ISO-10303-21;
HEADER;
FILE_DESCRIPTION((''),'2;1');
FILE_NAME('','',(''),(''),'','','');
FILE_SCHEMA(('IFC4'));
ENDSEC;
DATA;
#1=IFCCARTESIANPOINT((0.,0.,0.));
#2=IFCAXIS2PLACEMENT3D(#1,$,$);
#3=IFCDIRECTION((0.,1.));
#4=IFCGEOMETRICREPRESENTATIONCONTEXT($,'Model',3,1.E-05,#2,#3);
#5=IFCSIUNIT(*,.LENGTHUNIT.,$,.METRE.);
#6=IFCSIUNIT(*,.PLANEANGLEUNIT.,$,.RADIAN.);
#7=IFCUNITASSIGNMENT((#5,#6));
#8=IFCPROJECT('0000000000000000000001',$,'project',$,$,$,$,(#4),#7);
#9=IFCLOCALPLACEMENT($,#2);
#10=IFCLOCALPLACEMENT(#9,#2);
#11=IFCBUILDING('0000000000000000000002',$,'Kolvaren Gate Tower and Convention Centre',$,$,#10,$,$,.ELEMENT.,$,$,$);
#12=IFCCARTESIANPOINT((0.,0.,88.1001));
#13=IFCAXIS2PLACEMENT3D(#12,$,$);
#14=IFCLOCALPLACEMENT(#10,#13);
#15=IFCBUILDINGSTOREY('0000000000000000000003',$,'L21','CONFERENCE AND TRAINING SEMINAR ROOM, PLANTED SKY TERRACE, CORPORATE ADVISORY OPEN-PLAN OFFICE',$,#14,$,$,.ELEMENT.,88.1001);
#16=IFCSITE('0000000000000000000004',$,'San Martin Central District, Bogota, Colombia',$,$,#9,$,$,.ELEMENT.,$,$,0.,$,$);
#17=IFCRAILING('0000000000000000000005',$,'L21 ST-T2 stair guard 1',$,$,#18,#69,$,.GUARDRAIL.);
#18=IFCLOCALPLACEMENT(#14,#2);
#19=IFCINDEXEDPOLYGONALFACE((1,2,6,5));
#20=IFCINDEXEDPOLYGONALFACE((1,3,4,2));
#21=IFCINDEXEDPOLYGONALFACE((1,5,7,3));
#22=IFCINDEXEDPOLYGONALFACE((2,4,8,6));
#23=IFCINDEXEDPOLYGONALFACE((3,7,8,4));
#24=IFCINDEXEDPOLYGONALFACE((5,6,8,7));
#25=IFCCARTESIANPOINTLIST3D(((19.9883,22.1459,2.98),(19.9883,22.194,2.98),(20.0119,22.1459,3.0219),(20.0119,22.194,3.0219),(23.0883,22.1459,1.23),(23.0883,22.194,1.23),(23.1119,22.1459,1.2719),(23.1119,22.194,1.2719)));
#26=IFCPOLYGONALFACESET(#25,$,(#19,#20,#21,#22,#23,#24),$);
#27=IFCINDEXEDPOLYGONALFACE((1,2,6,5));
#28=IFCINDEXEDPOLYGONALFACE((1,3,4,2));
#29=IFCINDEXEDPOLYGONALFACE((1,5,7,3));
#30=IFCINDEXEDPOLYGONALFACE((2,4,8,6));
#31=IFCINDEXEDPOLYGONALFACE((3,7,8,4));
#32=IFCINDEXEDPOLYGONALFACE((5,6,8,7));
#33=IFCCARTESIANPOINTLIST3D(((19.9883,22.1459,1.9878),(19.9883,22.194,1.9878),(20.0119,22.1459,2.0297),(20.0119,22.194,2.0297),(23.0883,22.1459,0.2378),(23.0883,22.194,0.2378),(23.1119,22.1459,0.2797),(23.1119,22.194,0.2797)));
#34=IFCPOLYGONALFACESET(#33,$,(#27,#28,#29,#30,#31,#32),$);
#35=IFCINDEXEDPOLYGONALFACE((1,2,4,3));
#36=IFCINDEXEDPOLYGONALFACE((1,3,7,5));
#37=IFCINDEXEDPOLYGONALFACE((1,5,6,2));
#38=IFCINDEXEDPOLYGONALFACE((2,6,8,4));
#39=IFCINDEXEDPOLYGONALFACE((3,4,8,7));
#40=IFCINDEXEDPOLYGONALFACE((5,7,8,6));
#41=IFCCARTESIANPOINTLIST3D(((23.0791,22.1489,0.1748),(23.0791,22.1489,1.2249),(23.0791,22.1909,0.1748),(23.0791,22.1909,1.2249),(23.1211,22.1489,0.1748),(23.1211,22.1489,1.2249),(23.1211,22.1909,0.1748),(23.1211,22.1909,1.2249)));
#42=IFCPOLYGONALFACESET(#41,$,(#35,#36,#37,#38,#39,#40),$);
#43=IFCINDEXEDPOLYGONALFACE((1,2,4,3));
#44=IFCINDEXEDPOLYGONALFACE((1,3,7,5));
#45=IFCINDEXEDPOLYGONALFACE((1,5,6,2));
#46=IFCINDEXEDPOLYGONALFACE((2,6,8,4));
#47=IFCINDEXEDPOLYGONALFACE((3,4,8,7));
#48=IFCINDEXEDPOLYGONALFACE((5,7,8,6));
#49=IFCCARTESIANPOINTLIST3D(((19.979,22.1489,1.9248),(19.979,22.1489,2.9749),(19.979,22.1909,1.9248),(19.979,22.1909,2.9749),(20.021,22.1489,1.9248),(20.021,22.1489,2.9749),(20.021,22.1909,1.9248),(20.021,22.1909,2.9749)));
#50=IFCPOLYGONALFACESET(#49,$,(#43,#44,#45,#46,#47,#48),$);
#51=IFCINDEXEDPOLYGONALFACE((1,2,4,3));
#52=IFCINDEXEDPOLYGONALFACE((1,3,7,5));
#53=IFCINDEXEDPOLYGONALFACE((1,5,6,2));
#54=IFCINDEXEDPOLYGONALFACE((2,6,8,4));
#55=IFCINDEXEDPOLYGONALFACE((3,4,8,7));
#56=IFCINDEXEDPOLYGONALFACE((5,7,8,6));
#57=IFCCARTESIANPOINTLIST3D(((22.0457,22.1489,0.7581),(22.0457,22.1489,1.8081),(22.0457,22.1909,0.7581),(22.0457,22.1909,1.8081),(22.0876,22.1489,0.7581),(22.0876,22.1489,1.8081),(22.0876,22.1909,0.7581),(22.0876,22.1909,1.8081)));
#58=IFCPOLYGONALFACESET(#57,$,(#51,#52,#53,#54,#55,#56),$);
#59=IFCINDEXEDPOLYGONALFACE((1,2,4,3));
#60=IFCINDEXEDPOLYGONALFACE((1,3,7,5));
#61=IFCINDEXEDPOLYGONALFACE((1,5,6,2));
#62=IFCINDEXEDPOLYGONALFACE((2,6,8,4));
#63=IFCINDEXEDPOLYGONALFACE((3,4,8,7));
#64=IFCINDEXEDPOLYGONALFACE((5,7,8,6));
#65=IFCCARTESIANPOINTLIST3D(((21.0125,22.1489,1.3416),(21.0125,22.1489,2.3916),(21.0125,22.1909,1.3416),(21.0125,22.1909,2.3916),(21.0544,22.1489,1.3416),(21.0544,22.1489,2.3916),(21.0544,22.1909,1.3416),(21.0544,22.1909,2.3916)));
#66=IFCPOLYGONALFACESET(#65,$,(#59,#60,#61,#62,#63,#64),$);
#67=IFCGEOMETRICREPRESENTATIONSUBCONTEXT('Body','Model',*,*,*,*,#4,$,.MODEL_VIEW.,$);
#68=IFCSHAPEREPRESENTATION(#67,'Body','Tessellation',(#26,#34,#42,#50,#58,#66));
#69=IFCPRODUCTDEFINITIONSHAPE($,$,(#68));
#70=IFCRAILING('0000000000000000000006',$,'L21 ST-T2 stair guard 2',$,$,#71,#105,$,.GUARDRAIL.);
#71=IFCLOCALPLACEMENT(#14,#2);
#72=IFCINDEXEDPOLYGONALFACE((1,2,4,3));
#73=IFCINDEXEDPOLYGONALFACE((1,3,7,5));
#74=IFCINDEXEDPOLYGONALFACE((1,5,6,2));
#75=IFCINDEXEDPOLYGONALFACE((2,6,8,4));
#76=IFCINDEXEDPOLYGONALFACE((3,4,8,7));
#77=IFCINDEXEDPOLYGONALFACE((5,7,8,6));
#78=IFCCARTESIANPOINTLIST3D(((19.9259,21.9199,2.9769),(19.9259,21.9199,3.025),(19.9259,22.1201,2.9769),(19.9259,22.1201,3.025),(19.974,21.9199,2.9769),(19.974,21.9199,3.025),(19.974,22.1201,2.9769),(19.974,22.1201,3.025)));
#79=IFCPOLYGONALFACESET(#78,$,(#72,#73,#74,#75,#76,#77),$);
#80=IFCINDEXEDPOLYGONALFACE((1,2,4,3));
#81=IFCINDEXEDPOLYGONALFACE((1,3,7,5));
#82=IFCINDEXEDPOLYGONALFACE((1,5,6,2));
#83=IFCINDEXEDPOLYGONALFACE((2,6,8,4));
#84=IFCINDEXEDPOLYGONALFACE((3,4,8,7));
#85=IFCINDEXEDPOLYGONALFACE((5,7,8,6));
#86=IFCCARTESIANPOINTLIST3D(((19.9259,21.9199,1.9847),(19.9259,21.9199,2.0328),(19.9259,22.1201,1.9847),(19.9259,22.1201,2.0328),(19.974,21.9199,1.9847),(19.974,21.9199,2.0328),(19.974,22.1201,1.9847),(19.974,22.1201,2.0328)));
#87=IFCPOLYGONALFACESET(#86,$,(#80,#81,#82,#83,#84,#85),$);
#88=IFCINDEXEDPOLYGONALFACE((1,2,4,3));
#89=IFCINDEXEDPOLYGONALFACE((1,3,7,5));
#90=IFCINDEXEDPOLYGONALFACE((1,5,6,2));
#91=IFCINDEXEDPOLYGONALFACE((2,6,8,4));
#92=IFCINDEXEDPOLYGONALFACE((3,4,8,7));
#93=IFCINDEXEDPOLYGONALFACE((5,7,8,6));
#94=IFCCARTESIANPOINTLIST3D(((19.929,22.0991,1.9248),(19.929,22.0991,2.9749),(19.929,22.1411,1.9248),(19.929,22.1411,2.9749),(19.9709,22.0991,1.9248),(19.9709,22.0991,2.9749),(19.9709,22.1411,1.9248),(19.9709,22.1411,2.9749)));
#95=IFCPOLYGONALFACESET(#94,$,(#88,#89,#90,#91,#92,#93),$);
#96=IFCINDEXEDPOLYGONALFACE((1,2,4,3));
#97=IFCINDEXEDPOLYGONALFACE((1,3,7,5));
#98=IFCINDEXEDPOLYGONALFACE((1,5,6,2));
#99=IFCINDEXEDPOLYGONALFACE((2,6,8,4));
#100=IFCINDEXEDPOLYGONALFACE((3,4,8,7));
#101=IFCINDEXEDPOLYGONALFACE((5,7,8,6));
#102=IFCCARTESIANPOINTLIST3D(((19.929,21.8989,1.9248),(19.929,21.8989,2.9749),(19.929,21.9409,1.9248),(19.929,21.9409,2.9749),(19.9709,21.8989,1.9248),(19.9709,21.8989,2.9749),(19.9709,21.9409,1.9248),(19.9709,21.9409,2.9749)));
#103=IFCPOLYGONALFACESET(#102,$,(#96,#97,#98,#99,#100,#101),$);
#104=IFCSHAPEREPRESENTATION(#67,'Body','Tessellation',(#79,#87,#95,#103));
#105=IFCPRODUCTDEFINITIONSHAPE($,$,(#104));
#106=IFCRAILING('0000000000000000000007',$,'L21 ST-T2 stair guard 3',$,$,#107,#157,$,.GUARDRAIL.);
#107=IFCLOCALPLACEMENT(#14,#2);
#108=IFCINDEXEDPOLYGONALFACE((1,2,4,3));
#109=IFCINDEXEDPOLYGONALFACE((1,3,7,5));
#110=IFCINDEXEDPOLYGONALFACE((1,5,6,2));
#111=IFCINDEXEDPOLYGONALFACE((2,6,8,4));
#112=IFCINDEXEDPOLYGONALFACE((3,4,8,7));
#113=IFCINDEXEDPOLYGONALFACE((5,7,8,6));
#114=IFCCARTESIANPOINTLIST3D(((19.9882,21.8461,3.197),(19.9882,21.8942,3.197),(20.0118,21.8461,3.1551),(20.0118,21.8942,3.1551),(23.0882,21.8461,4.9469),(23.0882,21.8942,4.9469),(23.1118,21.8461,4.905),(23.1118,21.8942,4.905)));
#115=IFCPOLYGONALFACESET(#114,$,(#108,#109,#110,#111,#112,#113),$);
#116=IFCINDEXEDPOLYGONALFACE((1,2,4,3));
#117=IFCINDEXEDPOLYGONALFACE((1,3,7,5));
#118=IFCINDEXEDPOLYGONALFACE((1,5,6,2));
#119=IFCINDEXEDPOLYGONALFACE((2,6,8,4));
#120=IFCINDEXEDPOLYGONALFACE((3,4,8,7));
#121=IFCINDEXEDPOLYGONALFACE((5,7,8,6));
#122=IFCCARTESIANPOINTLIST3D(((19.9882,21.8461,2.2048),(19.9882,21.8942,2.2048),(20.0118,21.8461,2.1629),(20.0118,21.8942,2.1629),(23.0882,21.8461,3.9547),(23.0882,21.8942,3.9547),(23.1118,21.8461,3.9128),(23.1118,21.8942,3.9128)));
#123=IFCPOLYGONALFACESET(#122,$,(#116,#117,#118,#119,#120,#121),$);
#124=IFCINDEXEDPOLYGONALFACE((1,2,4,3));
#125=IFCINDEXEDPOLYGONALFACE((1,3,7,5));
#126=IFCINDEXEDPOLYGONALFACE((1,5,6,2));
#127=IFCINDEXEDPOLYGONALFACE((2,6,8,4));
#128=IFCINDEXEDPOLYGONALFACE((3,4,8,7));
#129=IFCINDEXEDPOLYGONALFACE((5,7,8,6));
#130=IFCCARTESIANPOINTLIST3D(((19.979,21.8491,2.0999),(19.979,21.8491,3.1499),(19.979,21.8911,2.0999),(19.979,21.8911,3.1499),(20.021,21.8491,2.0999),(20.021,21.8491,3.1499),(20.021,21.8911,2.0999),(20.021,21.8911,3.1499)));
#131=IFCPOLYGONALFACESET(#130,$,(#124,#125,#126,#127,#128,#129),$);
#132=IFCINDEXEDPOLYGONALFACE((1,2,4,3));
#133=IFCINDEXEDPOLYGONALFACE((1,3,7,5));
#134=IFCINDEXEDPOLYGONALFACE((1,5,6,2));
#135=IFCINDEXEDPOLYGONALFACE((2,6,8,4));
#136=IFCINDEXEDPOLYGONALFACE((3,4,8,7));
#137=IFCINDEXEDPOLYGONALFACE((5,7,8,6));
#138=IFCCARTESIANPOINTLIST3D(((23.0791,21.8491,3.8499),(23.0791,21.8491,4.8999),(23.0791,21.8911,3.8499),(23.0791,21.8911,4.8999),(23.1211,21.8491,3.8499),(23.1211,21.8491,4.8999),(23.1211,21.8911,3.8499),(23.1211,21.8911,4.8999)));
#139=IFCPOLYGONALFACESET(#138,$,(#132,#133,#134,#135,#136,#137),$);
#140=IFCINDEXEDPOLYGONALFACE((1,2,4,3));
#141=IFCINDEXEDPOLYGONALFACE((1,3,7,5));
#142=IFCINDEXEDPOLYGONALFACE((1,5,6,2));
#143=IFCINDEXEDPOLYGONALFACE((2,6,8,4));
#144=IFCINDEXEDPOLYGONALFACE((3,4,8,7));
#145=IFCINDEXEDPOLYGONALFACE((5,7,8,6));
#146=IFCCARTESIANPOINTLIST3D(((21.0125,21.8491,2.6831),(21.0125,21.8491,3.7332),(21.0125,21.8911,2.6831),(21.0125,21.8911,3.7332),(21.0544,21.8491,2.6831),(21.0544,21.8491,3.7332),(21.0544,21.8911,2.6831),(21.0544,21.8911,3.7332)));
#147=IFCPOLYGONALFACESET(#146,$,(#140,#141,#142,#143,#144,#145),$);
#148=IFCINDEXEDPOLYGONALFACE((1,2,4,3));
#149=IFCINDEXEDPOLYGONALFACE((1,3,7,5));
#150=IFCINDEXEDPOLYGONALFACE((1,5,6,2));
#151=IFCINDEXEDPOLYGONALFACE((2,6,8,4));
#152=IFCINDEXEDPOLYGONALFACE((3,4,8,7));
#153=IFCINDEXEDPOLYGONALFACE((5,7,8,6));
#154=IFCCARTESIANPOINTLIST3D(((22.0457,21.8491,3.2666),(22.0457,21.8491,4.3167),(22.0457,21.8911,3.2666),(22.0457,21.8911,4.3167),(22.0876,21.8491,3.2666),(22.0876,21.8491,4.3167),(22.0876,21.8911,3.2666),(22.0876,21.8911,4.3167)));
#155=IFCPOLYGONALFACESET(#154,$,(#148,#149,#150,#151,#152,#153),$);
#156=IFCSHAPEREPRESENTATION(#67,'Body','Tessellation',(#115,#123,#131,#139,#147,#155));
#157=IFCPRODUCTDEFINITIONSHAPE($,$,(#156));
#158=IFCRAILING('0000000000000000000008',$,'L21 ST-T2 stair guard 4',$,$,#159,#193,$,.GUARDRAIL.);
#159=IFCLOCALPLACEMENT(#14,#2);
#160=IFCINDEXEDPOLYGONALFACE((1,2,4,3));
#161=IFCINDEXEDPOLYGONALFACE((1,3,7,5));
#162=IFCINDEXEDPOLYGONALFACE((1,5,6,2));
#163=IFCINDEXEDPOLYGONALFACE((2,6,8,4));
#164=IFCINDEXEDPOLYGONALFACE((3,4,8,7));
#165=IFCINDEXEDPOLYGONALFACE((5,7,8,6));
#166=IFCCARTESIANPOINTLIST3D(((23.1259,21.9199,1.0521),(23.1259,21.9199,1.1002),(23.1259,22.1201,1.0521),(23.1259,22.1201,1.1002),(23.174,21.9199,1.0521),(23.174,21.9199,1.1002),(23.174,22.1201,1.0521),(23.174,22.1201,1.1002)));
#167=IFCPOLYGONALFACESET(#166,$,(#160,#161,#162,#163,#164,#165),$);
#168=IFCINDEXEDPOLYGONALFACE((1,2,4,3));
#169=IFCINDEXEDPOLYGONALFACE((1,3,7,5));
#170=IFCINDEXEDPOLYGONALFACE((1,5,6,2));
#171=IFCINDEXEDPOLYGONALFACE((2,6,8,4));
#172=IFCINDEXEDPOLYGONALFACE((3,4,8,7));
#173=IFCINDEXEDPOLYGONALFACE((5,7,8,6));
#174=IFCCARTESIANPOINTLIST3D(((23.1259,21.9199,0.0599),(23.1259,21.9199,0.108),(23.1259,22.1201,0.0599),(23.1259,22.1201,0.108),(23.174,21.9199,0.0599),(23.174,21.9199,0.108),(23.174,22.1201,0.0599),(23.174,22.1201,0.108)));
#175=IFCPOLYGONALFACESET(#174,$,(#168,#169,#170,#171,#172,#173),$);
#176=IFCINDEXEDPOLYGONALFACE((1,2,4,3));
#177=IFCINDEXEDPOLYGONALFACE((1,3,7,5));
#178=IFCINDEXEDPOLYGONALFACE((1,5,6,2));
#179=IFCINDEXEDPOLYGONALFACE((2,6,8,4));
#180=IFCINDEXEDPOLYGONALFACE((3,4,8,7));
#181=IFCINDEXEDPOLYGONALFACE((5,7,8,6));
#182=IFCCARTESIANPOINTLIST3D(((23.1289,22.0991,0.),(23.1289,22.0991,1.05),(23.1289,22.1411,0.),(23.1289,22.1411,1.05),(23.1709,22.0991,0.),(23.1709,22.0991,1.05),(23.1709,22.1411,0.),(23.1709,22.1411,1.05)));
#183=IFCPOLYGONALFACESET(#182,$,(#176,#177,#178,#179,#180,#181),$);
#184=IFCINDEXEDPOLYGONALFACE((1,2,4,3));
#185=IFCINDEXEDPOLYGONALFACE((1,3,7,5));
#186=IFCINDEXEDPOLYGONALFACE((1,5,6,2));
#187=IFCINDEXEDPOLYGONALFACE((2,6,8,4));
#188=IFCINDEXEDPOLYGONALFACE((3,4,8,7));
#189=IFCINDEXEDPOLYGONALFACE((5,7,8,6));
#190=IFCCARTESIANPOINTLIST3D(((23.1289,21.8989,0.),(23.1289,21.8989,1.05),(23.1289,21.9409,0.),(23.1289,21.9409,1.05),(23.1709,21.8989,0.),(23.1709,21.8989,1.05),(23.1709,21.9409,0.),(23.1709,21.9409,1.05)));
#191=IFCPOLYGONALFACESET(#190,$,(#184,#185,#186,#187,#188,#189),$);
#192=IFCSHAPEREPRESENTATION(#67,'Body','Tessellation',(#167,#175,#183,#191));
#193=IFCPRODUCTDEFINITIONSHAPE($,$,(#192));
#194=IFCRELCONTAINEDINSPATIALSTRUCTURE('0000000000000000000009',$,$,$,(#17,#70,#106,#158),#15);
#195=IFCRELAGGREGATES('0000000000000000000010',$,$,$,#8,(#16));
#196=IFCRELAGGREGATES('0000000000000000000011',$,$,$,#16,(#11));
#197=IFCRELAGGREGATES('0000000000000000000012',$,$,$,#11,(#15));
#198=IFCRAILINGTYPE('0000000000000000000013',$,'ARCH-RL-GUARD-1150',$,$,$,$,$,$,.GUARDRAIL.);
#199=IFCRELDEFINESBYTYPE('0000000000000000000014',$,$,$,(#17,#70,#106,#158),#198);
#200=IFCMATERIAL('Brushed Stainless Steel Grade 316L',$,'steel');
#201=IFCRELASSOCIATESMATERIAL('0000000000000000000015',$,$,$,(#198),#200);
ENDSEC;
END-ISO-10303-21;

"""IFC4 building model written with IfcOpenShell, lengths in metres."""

from ifc_helpers import new_model, si_unit, direction, frame, origin, origin_2d, place, context, subcontext, project, spatial, rectangle, extrude, material, type_object, element, save


model = new_model("IFC4")

# Units and contexts
model_context = context("Model", 3, precision=1e-05, world=origin(), true_north=direction((0.0, 1.0)))
body_context = subcontext(model_context, "Body", "Model", "MODEL_VIEW")
ifc_project = project(units=[si_unit("LENGTHUNIT", "METRE"), si_unit("PLANEANGLEUNIT", "RADIAN")], contexts=[model_context])

# Site, building, storey
site_placement = place(None, origin())
site = spatial("IfcSite", under=ifc_project, at=site_placement, Name="San Martin Central District, Bogota, Colombia", CompositionType="ELEMENT", RefElevation=0.0)
building_placement = place(site_placement, origin())
building = spatial("IfcBuilding", under=site, at=building_placement, Name="Kolvaren Gate Tower and Convention Centre", CompositionType="ELEMENT")
storey_placement = place(building_placement, frame((0.0, 0.0, 88.1001)))
storey = spatial("IfcBuildingStorey", under=building, at=storey_placement, Name="L21", Description="CONFERENCE AND TRAINING SEMINAR ROOM, PLANTED SKY TERRACE, CORPORATE ADVISORY OPEN-PLAN OFFICE", CompositionType="ELEMENT", Elevation=88.1001)

# Shared definitions
ifc_material_1 = material(Name="Brushed Stainless Steel Grade 316L", Category="steel")

# Railings
railing_type_1 = type_object("IfcRailingType", Name="ARCH-RL-GUARD-1150", PredefinedType="GUARDRAIL", material=ifc_material_1)
railing_1_placement = place(storey_placement, frame((23.1001, 22.1699, 0.1748)))
element("IfcRailing", 1, at=railing_1_placement, inside=storey, type_object=railing_type_1, Name="L21 ST-T2 stair guard 1", PredefinedType="GUARDRAIL", context=body_context, shape_type="SweptSolid", body=[
    extrude(rectangle(XDim=0.0481, YDim=0.0481, at=origin_2d()), frame((0.0, 0.0, 1.0762), z_axis=(-0.870831, 0.0, 0.491583), x_axis=(0.0, -1.0, 0.0)), (0.0, 0.0, 1.0), 3.5598),
    extrude(rectangle(XDim=0.0481, YDim=0.0481, at=origin_2d()), frame((0.0, 0.0, 0.084), z_axis=(-0.870831, 0.0, 0.491583), x_axis=(0.0, -1.0, 0.0)), (0.0, 0.0, 1.0), 3.5598),
    extrude(rectangle(XDim=0.042, YDim=0.042, at=origin_2d()), origin(), (0.0, 0.0, 1.0), 1.05),
    extrude(rectangle(XDim=0.042, YDim=0.042, at=origin_2d()), frame((-3.1001, 0.0, 1.75)), (0.0, 0.0, 1.0), 1.05),
    extrude(rectangle(XDim=0.042, YDim=0.042, at=origin_2d()), frame((-1.0334, 0.0, 0.5833)), (0.0, 0.0, 1.0), 1.05),
    extrude(rectangle(XDim=0.042, YDim=0.042, at=origin_2d()), frame((-2.0667, 0.0, 1.1667)), (0.0, 0.0, 1.0), 1.05),
])
railing_2_placement = place(storey_placement, frame((19.95, 22.1201, 1.9248)))
element("IfcRailing", 2, at=railing_2_placement, inside=storey, type_object=railing_type_1, Name="L21 ST-T2 stair guard 2", PredefinedType="GUARDRAIL", context=body_context, shape_type="SweptSolid", body=[
    extrude(rectangle(XDim=0.0481, YDim=0.0481, at=origin_2d()), frame((0.0, 0.0, 1.0762), z_axis=(0.0, -1.0, 0.0), x_axis=(1.0, 0.0, 0.0)), (0.0, 0.0, 1.0), 0.2002),
    extrude(rectangle(XDim=0.0481, YDim=0.0481, at=origin_2d()), frame((0.0, 0.0, 0.084), z_axis=(0.0, -1.0, 0.0), x_axis=(1.0, 0.0, 0.0)), (0.0, 0.0, 1.0), 0.2002),
    extrude(rectangle(XDim=0.042, YDim=0.042, at=origin_2d()), origin(), (0.0, 0.0, 1.0), 1.05),
    extrude(rectangle(XDim=0.042, YDim=0.042, at=origin_2d()), frame((0.0, -0.2002, 0.0)), (0.0, 0.0, 1.0), 1.05),
])
railing_3_placement = place(storey_placement, frame((20.0, 21.8701, 2.0999)))
element("IfcRailing", 3, at=railing_3_placement, inside=storey, type_object=railing_type_1, Name="L21 ST-T2 stair guard 3", PredefinedType="GUARDRAIL", context=body_context, shape_type="SweptSolid", body=[
    extrude(rectangle(XDim=0.0481, YDim=0.0481, at=origin_2d()), frame((0.0, 0.0, 1.0762), z_axis=(0.870831, 0.0, 0.491583), x_axis=(0.0, 1.0, 0.0)), (0.0, 0.0, 1.0), 3.5598),
    extrude(rectangle(XDim=0.0481, YDim=0.0481, at=origin_2d()), frame((0.0, 0.0, 0.084), z_axis=(0.870831, 0.0, 0.491583), x_axis=(0.0, 1.0, 0.0)), (0.0, 0.0, 1.0), 3.5598),
    extrude(rectangle(XDim=0.042, YDim=0.042, at=origin_2d()), origin(), (0.0, 0.0, 1.0), 1.05),
    extrude(rectangle(XDim=0.042, YDim=0.042, at=origin_2d()), frame((3.1001, 0.0, 1.75)), (0.0, 0.0, 1.0), 1.05),
    extrude(rectangle(XDim=0.042, YDim=0.042, at=origin_2d()), frame((1.0334, 0.0, 0.5833)), (0.0, 0.0, 1.0), 1.05),
    extrude(rectangle(XDim=0.042, YDim=0.042, at=origin_2d()), frame((2.0667, 0.0, 1.1667)), (0.0, 0.0, 1.0), 1.05),
])
railing_4_placement = place(storey_placement, frame((23.1499, 22.1201, 0.0)))
element("IfcRailing", 4, at=railing_4_placement, inside=storey, type_object=railing_type_1, Name="L21 ST-T2 stair guard 4", PredefinedType="GUARDRAIL", context=body_context, shape_type="SweptSolid", body=[
    extrude(rectangle(XDim=0.0481, YDim=0.0481, at=origin_2d()), frame((0.0, 0.0, 1.0762), z_axis=(0.0, -1.0, 0.0), x_axis=(1.0, 0.0, 0.0)), (0.0, 0.0, 1.0), 0.2002),
    extrude(rectangle(XDim=0.0481, YDim=0.0481, at=origin_2d()), frame((0.0, 0.0, 0.084), z_axis=(0.0, -1.0, 0.0), x_axis=(1.0, 0.0, 0.0)), (0.0, 0.0, 1.0), 0.2002),
    extrude(rectangle(XDim=0.042, YDim=0.042, at=origin_2d()), origin(), (0.0, 0.0, 1.0), 1.05),
    extrude(rectangle(XDim=0.042, YDim=0.042, at=origin_2d()), frame((0.0, -0.2002, 0.0)), (0.0, 0.0, 1.0), 1.05),
])

save(model, "model.ifc")
